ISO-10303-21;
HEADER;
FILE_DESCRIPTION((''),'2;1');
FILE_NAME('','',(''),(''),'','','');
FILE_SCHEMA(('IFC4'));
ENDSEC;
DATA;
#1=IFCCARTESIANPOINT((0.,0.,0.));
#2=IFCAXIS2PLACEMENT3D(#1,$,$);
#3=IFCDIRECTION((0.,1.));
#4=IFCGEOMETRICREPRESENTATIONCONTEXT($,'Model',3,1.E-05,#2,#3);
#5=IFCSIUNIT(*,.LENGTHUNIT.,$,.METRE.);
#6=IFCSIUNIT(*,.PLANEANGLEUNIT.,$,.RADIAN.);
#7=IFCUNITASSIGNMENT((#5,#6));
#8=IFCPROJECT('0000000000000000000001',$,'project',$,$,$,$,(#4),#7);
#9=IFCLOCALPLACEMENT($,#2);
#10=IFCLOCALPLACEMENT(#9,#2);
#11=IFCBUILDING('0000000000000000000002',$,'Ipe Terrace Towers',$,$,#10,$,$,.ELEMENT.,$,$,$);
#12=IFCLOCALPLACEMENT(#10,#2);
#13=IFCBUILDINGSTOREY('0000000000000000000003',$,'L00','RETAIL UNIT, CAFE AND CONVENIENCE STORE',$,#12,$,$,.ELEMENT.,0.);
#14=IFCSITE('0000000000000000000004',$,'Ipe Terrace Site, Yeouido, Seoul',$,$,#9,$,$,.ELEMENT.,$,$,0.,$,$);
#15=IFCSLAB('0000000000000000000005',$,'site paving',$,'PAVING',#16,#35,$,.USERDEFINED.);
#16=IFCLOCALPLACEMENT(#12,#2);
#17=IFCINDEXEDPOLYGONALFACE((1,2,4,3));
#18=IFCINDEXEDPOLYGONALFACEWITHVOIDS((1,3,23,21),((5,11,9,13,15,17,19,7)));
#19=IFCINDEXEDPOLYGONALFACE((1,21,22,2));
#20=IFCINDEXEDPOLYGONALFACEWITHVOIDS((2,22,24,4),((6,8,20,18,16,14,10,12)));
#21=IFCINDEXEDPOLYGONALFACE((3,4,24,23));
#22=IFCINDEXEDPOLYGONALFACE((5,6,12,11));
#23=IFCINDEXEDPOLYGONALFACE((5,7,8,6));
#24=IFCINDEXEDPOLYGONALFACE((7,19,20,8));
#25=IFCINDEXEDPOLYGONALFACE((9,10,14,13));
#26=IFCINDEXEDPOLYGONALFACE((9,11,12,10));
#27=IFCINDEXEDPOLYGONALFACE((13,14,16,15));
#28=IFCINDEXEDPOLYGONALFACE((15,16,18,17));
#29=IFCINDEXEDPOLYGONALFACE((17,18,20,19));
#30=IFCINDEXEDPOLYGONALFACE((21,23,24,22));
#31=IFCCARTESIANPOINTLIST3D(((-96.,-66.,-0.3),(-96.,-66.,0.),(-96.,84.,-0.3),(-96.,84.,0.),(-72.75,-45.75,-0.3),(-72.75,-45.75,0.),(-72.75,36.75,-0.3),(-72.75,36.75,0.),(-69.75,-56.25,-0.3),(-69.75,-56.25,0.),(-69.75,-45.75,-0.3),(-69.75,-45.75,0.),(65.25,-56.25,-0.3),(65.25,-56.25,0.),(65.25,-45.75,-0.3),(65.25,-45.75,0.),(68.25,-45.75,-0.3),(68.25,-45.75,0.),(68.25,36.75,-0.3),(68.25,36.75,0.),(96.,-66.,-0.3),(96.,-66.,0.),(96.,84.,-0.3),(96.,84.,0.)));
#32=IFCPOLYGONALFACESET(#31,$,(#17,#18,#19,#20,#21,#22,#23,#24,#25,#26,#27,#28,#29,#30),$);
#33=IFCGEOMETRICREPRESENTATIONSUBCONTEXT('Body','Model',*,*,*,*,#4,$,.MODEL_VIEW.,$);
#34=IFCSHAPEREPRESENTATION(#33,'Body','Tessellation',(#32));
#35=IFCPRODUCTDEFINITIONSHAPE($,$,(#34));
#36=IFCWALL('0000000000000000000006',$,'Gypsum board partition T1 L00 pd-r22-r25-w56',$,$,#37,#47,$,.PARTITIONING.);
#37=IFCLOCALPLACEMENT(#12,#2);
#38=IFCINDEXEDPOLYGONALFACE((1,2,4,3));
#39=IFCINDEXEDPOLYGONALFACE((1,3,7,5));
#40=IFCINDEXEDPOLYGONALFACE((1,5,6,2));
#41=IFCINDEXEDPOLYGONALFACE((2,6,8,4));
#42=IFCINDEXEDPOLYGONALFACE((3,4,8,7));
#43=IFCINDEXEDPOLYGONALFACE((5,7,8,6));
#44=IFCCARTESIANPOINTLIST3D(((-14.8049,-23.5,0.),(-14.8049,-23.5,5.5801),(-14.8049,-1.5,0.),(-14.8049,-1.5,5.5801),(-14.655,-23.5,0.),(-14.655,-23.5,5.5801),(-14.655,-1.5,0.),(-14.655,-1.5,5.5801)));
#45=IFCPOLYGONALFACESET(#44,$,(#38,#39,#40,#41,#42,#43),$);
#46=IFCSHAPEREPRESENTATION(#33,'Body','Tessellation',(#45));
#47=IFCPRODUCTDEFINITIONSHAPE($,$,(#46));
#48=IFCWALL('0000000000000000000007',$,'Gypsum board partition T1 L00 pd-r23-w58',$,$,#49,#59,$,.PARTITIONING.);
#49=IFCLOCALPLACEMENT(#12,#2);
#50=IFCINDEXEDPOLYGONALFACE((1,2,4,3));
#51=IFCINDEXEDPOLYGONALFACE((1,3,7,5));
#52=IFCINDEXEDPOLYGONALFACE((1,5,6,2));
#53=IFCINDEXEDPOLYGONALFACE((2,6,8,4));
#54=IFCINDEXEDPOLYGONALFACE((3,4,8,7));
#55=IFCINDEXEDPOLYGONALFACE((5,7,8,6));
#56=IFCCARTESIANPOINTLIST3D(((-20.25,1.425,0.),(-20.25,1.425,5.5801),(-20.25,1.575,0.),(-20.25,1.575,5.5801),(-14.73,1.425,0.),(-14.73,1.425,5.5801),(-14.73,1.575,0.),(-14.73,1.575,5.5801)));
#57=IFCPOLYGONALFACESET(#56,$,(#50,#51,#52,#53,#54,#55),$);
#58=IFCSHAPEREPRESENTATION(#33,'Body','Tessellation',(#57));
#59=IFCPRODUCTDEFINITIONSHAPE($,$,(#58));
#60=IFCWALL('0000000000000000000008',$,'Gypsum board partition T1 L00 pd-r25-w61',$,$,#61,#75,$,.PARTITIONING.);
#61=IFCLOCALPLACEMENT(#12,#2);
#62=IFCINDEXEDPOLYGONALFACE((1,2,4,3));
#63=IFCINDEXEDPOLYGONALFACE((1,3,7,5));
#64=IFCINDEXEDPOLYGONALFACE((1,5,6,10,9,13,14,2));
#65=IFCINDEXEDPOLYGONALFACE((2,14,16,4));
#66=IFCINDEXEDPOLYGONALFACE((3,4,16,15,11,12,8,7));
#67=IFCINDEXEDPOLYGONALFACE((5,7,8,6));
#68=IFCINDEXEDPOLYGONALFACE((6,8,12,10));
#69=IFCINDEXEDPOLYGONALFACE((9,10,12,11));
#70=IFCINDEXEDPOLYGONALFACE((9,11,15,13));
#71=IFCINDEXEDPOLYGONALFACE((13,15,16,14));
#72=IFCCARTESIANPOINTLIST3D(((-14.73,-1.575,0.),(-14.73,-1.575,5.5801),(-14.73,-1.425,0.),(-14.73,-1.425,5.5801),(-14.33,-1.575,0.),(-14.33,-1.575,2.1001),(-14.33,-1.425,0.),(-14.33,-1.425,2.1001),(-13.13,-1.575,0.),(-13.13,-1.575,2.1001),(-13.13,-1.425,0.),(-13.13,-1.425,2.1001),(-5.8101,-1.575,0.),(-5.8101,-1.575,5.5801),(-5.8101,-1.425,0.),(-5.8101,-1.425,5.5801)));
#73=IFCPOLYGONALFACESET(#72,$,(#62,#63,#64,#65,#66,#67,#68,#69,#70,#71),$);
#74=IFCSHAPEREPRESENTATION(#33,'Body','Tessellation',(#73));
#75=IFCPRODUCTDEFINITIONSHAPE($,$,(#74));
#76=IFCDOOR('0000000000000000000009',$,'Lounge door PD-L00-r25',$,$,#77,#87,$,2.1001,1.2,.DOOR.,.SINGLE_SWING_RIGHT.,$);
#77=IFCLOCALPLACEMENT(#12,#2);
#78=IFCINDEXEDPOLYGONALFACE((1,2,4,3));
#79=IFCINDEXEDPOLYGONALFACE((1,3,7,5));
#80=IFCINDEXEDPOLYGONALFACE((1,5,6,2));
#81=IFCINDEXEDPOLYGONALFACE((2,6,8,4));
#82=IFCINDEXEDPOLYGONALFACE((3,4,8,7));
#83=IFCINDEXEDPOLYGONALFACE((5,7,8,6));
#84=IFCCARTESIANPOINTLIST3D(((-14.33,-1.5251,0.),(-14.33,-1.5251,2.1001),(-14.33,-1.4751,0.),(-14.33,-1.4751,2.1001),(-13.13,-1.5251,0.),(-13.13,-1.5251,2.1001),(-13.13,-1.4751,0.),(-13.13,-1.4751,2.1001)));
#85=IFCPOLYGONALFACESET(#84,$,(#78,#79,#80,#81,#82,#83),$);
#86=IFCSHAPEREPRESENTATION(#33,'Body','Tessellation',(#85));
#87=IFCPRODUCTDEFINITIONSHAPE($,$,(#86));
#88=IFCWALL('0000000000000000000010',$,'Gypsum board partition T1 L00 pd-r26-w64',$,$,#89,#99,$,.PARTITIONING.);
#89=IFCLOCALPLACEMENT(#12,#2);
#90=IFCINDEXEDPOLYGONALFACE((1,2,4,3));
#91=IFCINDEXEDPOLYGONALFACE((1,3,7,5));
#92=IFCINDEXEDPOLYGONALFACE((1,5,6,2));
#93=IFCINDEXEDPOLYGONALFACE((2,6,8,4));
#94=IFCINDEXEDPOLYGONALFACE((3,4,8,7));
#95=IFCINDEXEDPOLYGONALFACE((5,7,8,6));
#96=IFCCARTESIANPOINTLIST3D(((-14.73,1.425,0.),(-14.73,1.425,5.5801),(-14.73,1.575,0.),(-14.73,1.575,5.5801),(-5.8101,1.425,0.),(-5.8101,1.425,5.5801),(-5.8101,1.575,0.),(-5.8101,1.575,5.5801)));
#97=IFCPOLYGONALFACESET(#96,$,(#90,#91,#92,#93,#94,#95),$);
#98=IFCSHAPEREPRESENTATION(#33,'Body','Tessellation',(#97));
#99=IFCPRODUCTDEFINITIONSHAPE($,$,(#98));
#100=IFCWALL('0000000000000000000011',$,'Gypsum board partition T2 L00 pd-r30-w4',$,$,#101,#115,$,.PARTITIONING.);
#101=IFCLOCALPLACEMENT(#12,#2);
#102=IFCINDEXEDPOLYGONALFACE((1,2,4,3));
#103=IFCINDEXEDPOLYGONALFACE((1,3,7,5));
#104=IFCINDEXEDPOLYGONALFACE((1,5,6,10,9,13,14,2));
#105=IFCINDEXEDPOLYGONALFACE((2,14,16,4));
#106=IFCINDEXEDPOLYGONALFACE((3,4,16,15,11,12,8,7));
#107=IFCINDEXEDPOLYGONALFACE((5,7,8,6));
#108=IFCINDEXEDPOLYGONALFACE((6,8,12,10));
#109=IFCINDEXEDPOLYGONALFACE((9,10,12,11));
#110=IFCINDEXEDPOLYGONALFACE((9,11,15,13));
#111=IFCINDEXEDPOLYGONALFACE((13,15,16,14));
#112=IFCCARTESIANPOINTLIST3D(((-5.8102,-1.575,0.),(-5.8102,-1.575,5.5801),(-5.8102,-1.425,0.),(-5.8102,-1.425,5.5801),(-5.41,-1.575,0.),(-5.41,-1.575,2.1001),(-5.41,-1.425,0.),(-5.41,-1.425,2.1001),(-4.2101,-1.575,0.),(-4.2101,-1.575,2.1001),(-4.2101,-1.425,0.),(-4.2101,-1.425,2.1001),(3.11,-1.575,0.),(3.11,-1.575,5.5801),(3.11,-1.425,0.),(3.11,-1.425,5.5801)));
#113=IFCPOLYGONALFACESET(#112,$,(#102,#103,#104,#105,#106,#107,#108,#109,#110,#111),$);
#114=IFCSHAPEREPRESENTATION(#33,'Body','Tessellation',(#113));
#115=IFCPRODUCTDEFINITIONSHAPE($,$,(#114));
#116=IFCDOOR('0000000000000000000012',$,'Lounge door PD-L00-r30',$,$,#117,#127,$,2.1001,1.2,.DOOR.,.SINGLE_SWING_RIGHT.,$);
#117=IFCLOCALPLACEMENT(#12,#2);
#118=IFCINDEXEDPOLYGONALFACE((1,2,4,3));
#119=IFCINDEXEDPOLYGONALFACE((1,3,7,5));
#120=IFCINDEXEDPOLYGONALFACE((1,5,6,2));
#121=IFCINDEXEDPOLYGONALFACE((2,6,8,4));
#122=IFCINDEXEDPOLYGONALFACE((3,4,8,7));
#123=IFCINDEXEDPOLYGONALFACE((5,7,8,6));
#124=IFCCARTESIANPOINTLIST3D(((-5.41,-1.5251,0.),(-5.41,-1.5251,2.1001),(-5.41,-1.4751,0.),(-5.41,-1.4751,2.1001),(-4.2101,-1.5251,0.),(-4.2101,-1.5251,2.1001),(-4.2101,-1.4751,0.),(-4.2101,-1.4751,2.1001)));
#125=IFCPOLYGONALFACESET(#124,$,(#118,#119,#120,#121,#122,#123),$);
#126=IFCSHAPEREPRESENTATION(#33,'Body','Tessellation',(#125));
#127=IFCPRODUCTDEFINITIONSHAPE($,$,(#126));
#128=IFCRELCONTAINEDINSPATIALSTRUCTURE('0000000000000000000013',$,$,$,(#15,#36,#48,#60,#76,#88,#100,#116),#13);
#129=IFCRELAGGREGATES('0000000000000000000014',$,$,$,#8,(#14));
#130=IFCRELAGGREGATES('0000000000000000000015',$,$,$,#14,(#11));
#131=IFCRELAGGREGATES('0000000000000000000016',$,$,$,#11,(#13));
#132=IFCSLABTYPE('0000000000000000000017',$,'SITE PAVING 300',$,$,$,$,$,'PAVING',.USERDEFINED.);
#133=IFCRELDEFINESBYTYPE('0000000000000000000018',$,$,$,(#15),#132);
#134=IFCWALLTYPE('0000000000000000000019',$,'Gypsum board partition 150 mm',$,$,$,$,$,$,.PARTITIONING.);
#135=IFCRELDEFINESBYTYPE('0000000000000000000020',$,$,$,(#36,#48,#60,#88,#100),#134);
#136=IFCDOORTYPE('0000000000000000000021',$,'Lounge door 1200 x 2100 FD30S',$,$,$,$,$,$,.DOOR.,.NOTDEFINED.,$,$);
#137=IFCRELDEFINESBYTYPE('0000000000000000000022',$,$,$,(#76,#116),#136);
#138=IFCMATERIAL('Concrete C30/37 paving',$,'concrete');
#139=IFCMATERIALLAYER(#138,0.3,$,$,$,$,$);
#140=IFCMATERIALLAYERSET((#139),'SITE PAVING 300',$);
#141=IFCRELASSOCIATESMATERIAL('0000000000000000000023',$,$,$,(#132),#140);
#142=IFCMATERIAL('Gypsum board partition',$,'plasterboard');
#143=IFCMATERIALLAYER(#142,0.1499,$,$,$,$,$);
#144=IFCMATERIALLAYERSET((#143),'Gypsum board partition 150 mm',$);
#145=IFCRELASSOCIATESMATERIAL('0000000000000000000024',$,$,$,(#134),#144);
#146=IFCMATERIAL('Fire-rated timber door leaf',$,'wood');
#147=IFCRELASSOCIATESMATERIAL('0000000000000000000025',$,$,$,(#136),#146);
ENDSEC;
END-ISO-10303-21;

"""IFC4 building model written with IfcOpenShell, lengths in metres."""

from ifc_helpers import new_model, si_unit, direction, frame, frame_2d, origin, place, context, subcontext, project, spatial, polyline, rectangle, outline, extrude, material, layer, layer_set, type_object, element, fill, save


model = new_model("IFC4")

# Units and contexts
model_context = context("Model", 3, precision=1e-05, world=origin(), true_north=direction((0.0, 1.0)))
body_context = subcontext(model_context, "Body", "Model", "MODEL_VIEW")
ifc_project = project(units=[si_unit("LENGTHUNIT", "METRE"), si_unit("PLANEANGLEUNIT", "RADIAN")], contexts=[model_context])

# Site, building, storey
site_placement = place(None, origin())
site = spatial("IfcSite", under=ifc_project, at=site_placement, Name="Ipe Terrace Site, Yeouido, Seoul", CompositionType="ELEMENT", RefElevation=0.0)
building_placement = place(site_placement, origin())
building = spatial("IfcBuilding", under=site, at=building_placement, Name="Ipe Terrace Towers", CompositionType="ELEMENT")
storey_placement = place(building_placement, origin())
storey = spatial("IfcBuildingStorey", under=building, at=storey_placement, Name="L00", Description="RETAIL UNIT, CAFE AND CONVENIENCE STORE", CompositionType="ELEMENT", Elevation=0.0)

# Slab
ifc_material_1 = material(Name="Concrete C30/37 paving", Category="concrete")
ifc_layer_1 = layer(ifc_material_1, 0.3)
ifc_layer_set_1 = layer_set([ifc_layer_1], Name="SITE PAVING 300")
slab_type_1 = type_object("IfcSlabType", Name="SITE PAVING 300", ElementType="PAVING", PredefinedType="USERDEFINED", material=ifc_layer_set_1)
slab_1_placement = place(storey_placement, frame((0.0, 0.0, -0.3)))
element("IfcSlab", 1, at=slab_1_placement, inside=storey, type_object=slab_type_1, Name="site paving", ObjectType="PAVING", PredefinedType="USERDEFINED", context=body_context, shape_type="SweptSolid", body=[
    extrude(outline(polyline([(-96.0, 84.0), (96.0, 84.0), (96.0, -66.0), (-96.0, -66.0), (-96.0, 84.0)]), holes=[polyline([(-72.75, 36.75), (-72.75, -45.75), (-69.75, -45.75), (-69.75, -56.25), (65.25, -56.25), (65.25, -45.75), (68.25, -45.75), (68.25, 36.75), (-72.75, 36.75)])]), origin(), (0.0, 0.0, 1.0), 0.3),
])

# Walls
ifc_material_2 = material(Name="Gypsum board partition", Category="plasterboard")
ifc_layer_2 = layer(ifc_material_2, 0.1499)
ifc_layer_set_2 = layer_set([ifc_layer_2], Name="Gypsum board partition 150 mm")
wall_type = type_object("IfcWallType", Name="Gypsum board partition 150 mm", PredefinedType="PARTITIONING", material=ifc_layer_set_2)
wall_1_placement = place(storey_placement, frame((-14.73, -1.5, 0.0), z_axis=(0.0, 0.0, 1.0), x_axis=(0.0, -1.0, 0.0)))
element("IfcWall", 2, at=wall_1_placement, inside=storey, type_object=wall_type, Name="Gypsum board partition T1 L00 pd-r22-r25-w56", PredefinedType="PARTITIONING", context=body_context, shape_type="SweptSolid", body=[
    extrude(rectangle(XDim=22.0, YDim=0.1499, at=frame_2d((11.0, 0.0))), origin(), (0.0, 0.0, 1.0), 5.5801),
])
wall_2_placement = place(storey_placement, frame((-14.73, 1.5, 0.0), z_axis=(0.0, 0.0, 1.0), x_axis=(-1.0, 0.0, 0.0)))
element("IfcWall", 3, at=wall_2_placement, inside=storey, type_object=wall_type, Name="Gypsum board partition T1 L00 pd-r23-w58", PredefinedType="PARTITIONING", context=body_context, shape_type="SweptSolid", body=[
    extrude(rectangle(XDim=5.52, YDim=0.1499, at=frame_2d((2.76, 0.0))), origin(), (0.0, 0.0, 1.0), 5.5801),
])

# Wall, opening, door
wall_3_placement = place(storey_placement, frame((-14.73, -1.5, 0.0), z_axis=(0.0, 0.0, 1.0), x_axis=(1.0, 0.0, 0.0)))
wall_3 = element("IfcWall", 4, at=wall_3_placement, inside=storey, type_object=wall_type, Name="Gypsum board partition T1 L00 pd-r25-w61", PredefinedType="PARTITIONING", context=body_context, shape_type="SweptSolid", body=[
    extrude(rectangle(XDim=8.9199, YDim=0.1499, at=frame_2d((4.46, 0.0))), origin(), (0.0, 0.0, 1.0), 5.5801),
])
opening_1_placement = place(wall_3_placement, frame((0.3999, 0.0, 0.0)))
opening_1 = element("IfcOpeningElement", 5, at=opening_1_placement, cuts=wall_3, PredefinedType="OPENING", context=body_context, shape_type="SweptSolid", body=[
    extrude(rectangle(XDim=1.2, YDim=2.1001, at=frame_2d((0.6001, 1.05))), frame((0.0, 0.085, 0.0), z_axis=(0.0, -1.0, 0.0), x_axis=(1.0, 0.0, 0.0)), (0.0, 0.0, 1.0), 0.1699),
])
ifc_material_3 = material(Name="Fire-rated timber door leaf", Category="wood")
door_type = type_object("IfcDoorType", Name="Lounge door 1200 x 2100 FD30S", OperationType="NOTDEFINED", PredefinedType="DOOR", material=ifc_material_3)
door_1_placement = place(opening_1_placement, origin())
door_1 = element("IfcDoor", 6, at=door_1_placement, inside=storey, type_object=door_type, Name="Lounge door PD-L00-r25", OperationType="SINGLE_SWING_RIGHT", OverallHeight=2.1001, OverallWidth=1.2, PredefinedType="DOOR", context=body_context, shape_type="SweptSolid", body=[
    extrude(rectangle(XDim=1.2, YDim=2.1001, at=frame_2d((0.6001, 1.05))), frame((0.0, 0.0249, 0.0), z_axis=(0.0, -1.0, 0.0), x_axis=(1.0, 0.0, 0.0)), (0.0, 0.0, 1.0), 0.05),
])
fill(opening_1, door_1)

# Wall
wall_4_placement = place(storey_placement, frame((-5.8101, 1.5, 0.0), z_axis=(0.0, 0.0, 1.0), x_axis=(-1.0, 0.0, 0.0)))
element("IfcWall", 7, at=wall_4_placement, inside=storey, type_object=wall_type, Name="Gypsum board partition T1 L00 pd-r26-w64", PredefinedType="PARTITIONING", context=body_context, shape_type="SweptSolid", body=[
    extrude(rectangle(XDim=8.9199, YDim=0.1499, at=frame_2d((4.46, 0.0))), origin(), (0.0, 0.0, 1.0), 5.5801),
])

# Wall, opening, door
wall_5_placement = place(storey_placement, frame((-5.8101, -1.5, 0.0), z_axis=(0.0, 0.0, 1.0), x_axis=(1.0, 0.0, 0.0)))
wall_5 = element("IfcWall", 8, at=wall_5_placement, inside=storey, type_object=wall_type, Name="Gypsum board partition T2 L00 pd-r30-w4", PredefinedType="PARTITIONING", context=body_context, shape_type="SweptSolid", body=[
    extrude(rectangle(XDim=8.9202, YDim=0.1499, at=frame_2d((4.46, 0.0))), origin(), (0.0, 0.0, 1.0), 5.5801),
])
opening_2_placement = place(wall_5_placement, frame((0.3999, 0.0, 0.0)))
opening_2 = element("IfcOpeningElement", 9, at=opening_2_placement, cuts=wall_5, PredefinedType="OPENING", context=body_context, shape_type="SweptSolid", body=[
    extrude(rectangle(XDim=1.2, YDim=2.1001, at=frame_2d((0.6001, 1.05))), frame((0.0, 0.085, 0.0), z_axis=(0.0, -1.0, 0.0), x_axis=(1.0, 0.0, 0.0)), (0.0, 0.0, 1.0), 0.1699),
])
door_2_placement = place(opening_2_placement, origin())
door_2 = element("IfcDoor", 10, at=door_2_placement, inside=storey, type_object=door_type, Name="Lounge door PD-L00-r30", OperationType="SINGLE_SWING_RIGHT", OverallHeight=2.1001, OverallWidth=1.2, PredefinedType="DOOR", context=body_context, shape_type="SweptSolid", body=[
    extrude(rectangle(XDim=1.2, YDim=2.1001, at=frame_2d((0.6001, 1.05))), frame((0.0, 0.0249, 0.0), z_axis=(0.0, -1.0, 0.0), x_axis=(1.0, 0.0, 0.0)), (0.0, 0.0, 1.0), 0.05),
])
fill(opening_2, door_2)

save(model, "model.ifc")
